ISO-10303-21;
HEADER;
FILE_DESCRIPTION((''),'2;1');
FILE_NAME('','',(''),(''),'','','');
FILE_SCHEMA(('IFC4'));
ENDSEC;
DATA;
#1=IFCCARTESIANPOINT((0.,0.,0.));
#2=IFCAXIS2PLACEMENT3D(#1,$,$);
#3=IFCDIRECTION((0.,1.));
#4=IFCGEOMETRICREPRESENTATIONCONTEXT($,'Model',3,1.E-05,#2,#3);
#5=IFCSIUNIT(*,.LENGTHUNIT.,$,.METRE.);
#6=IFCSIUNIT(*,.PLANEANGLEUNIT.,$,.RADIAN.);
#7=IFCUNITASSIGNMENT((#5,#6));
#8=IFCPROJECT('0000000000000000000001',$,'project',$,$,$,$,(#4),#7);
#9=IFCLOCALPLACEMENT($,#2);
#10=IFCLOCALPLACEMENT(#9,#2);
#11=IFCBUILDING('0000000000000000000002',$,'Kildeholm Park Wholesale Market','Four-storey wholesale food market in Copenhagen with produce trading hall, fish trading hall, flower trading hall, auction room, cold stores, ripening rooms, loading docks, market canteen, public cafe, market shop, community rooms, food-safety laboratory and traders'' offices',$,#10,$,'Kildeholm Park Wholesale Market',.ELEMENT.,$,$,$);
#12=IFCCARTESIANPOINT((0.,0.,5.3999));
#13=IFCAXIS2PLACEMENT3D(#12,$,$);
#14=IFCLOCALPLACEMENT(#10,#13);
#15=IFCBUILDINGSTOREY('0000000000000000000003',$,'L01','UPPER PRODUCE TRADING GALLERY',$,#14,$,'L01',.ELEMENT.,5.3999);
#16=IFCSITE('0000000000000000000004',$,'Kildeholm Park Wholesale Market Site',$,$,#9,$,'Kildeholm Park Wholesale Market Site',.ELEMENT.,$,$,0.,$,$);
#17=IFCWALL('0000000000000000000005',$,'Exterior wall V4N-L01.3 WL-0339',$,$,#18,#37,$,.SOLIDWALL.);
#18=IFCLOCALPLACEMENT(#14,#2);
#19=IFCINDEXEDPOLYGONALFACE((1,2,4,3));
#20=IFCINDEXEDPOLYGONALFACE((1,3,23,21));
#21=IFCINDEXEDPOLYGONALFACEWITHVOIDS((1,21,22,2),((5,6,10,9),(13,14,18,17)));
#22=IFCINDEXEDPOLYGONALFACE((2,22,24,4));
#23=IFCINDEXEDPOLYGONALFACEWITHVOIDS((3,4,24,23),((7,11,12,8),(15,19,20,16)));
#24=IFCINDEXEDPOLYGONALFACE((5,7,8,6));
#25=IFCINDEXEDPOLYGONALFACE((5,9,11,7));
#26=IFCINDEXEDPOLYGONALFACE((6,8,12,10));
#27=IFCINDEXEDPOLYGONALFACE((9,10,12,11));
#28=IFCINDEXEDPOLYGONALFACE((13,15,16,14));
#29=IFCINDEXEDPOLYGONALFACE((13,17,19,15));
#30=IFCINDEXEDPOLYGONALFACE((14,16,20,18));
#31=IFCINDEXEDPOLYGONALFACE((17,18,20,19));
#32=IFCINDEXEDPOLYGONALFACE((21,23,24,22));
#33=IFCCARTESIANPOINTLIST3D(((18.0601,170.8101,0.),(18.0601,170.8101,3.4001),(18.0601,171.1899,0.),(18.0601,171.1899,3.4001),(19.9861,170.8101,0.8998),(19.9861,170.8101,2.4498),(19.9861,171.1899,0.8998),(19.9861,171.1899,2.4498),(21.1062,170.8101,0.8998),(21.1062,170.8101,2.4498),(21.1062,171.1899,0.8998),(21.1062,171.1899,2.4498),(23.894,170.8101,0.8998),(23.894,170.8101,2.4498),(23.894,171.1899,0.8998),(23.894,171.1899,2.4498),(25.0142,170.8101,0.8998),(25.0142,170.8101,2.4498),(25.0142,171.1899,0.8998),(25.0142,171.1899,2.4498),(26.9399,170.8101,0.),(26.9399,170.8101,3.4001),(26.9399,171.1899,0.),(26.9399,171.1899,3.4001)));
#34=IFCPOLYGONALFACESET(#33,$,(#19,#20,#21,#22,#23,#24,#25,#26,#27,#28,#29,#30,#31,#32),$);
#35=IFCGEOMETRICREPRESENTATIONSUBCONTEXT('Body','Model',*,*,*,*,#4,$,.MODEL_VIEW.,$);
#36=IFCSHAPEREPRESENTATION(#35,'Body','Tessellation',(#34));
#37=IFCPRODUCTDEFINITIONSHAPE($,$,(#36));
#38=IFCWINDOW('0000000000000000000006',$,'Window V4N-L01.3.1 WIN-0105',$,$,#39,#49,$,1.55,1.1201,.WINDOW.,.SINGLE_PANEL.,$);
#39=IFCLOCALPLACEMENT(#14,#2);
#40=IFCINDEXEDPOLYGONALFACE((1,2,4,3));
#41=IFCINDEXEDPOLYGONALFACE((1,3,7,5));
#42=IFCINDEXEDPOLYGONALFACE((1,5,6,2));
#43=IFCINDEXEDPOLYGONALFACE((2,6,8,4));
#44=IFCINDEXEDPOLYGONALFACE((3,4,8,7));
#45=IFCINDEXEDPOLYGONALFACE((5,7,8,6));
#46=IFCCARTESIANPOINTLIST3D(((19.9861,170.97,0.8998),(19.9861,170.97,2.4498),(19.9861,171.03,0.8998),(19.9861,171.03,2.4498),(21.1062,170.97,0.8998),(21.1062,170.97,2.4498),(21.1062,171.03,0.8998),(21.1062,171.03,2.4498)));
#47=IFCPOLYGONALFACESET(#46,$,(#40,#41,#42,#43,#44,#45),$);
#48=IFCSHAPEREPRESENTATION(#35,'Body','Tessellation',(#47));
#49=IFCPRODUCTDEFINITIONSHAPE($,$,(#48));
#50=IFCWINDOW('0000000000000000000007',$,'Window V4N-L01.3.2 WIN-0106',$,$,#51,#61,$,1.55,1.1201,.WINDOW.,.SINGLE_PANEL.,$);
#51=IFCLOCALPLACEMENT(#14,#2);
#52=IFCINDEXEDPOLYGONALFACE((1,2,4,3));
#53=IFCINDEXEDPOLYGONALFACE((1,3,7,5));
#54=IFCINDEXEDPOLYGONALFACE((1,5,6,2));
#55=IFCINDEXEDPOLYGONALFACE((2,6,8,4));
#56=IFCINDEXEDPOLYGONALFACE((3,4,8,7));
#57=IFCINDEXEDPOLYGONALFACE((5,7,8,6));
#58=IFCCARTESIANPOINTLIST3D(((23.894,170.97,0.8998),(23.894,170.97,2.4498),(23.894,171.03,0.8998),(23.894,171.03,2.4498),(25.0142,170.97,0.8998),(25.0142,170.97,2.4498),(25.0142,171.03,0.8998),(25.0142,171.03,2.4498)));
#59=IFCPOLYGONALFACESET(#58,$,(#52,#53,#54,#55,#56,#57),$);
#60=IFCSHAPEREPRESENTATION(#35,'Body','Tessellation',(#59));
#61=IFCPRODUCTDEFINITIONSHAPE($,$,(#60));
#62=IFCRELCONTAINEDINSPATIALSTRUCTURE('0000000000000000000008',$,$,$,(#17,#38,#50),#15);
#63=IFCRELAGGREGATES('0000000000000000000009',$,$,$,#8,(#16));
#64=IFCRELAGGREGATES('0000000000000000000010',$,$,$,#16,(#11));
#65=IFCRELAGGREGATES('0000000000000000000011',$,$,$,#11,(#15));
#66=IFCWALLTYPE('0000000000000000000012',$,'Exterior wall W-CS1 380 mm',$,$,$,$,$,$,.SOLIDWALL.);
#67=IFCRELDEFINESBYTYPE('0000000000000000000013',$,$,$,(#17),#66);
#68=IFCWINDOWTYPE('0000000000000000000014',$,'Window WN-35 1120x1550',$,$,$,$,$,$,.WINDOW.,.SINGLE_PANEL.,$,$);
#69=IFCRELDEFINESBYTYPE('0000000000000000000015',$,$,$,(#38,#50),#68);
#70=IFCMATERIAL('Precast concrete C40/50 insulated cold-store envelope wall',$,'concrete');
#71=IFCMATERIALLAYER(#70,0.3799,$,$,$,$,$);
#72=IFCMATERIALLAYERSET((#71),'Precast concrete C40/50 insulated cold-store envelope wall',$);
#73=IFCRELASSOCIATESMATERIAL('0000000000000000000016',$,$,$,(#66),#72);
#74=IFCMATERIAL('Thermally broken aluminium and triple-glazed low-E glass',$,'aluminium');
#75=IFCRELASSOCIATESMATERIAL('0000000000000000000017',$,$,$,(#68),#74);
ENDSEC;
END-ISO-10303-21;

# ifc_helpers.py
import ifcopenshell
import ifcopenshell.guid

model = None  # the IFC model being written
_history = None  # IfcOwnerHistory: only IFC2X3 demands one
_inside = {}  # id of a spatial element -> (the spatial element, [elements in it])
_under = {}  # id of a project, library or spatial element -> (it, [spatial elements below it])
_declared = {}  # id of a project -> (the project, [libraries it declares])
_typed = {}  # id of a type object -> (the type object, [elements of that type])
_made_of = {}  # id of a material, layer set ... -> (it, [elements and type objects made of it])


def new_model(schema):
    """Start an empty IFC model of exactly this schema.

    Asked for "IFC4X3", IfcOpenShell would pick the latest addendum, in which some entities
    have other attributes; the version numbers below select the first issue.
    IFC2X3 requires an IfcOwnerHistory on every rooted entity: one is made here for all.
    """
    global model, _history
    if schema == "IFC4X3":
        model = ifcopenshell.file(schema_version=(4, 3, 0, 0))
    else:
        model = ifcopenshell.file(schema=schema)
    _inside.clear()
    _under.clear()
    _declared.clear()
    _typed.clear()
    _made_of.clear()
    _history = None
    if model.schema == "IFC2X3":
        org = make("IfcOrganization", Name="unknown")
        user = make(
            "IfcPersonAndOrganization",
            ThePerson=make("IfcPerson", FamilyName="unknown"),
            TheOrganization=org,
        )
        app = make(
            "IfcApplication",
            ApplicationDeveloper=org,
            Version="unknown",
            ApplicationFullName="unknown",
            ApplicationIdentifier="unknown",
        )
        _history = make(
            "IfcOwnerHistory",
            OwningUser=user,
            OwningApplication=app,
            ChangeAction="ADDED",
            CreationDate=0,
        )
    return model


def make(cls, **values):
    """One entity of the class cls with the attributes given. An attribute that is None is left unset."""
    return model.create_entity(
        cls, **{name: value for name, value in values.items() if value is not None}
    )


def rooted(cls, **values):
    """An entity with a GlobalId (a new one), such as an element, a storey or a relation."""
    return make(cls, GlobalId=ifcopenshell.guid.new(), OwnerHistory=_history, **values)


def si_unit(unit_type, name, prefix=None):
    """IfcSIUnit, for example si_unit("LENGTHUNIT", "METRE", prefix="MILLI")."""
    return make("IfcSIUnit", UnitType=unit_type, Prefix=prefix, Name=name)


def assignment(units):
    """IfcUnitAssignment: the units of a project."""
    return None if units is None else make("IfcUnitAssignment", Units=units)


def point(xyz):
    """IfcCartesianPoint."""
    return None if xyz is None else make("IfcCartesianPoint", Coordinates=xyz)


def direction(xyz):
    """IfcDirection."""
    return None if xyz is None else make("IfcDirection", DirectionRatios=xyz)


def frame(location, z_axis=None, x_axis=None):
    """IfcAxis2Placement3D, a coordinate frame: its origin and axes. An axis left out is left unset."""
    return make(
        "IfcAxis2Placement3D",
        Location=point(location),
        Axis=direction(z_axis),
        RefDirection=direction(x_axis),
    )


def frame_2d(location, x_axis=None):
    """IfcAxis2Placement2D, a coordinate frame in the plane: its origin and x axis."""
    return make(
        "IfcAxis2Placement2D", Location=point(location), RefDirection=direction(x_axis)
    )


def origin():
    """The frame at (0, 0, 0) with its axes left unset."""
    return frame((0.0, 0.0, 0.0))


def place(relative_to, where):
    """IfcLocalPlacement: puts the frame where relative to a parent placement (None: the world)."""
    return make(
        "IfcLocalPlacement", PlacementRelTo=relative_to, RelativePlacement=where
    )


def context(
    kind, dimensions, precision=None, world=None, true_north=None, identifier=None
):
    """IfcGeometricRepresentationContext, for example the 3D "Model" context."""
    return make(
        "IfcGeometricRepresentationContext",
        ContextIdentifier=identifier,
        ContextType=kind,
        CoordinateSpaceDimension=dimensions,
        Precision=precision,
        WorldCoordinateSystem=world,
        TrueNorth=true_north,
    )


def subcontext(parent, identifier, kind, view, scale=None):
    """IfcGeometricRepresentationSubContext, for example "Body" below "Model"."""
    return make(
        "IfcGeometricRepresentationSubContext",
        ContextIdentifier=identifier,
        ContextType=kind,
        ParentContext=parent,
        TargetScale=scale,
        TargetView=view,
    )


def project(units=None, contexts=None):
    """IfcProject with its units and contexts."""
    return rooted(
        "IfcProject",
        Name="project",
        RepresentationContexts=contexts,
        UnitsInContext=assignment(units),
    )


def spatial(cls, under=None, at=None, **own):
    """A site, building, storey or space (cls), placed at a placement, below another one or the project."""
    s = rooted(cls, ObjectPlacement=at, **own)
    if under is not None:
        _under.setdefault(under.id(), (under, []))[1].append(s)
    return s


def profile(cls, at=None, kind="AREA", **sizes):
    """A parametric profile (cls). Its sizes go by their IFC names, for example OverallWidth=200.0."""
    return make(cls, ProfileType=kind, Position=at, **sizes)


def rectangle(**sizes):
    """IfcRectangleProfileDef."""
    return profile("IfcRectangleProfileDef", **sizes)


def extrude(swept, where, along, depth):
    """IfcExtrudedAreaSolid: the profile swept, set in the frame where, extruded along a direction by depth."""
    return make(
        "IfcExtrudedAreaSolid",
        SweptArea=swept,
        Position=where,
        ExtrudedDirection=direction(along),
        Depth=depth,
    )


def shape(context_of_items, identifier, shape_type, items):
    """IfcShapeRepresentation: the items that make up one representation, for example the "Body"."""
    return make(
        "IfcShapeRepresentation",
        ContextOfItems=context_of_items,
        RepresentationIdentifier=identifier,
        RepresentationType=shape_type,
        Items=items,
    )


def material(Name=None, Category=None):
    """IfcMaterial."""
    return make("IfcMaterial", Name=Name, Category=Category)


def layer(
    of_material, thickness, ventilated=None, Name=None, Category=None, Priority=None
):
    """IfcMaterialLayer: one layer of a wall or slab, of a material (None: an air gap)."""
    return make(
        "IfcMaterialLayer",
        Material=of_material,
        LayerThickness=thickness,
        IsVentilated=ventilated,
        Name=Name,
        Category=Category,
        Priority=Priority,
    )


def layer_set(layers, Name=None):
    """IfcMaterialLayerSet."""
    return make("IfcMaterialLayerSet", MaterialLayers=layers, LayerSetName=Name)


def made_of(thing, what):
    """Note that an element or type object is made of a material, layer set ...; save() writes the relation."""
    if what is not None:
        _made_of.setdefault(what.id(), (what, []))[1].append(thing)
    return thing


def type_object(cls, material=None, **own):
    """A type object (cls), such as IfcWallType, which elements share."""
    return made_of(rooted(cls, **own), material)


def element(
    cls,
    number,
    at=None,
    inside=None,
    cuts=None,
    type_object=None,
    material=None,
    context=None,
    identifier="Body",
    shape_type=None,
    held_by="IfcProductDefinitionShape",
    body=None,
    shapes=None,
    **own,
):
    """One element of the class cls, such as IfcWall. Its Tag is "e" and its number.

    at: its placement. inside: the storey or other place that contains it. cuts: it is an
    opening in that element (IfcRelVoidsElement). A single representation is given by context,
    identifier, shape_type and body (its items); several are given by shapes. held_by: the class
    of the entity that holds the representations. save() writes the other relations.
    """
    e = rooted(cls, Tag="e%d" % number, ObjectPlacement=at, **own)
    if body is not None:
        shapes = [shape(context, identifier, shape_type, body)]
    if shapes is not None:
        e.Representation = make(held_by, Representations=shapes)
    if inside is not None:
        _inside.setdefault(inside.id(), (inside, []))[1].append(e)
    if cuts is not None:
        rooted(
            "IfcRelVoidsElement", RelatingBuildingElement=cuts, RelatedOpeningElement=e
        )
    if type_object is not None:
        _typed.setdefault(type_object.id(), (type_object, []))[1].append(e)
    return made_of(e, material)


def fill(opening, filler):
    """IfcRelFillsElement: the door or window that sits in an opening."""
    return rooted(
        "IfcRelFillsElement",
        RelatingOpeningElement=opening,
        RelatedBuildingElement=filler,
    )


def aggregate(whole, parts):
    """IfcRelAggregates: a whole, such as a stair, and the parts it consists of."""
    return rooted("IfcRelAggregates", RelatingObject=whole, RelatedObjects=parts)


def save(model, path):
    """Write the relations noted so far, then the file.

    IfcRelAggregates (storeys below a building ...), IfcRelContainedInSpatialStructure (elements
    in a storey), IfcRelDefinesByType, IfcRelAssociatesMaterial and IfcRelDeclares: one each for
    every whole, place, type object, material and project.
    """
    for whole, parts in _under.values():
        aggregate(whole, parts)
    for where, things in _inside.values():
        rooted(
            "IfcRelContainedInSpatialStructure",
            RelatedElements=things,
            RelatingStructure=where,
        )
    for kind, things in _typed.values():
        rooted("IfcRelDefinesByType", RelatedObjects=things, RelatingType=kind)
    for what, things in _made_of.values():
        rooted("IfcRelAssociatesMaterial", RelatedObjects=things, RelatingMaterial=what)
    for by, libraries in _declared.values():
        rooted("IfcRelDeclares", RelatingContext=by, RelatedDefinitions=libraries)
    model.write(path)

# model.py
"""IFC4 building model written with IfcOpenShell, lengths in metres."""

from ifc_helpers import new_model, si_unit, direction, frame, frame_2d, origin, place, context, subcontext, project, spatial, rectangle, extrude, material, layer, layer_set, type_object, element, fill, save


model = new_model("IFC4")

# Units and contexts
model_context = context("Model", 3, precision=1e-05, world=origin(), true_north=direction((0.0, 1.0)))
body_context = subcontext(model_context, "Body", "Model", "MODEL_VIEW")
ifc_project = project(units=[si_unit("LENGTHUNIT", "METRE"), si_unit("PLANEANGLEUNIT", "RADIAN")], contexts=[model_context])

# Site, building, storey
site_placement = place(None, origin())
site = spatial("IfcSite", under=ifc_project, at=site_placement, Name="Kildeholm Park Wholesale Market Site", LongName="Kildeholm Park Wholesale Market Site", CompositionType="ELEMENT", RefElevation=0.0)
building_placement = place(site_placement, origin())
building = spatial("IfcBuilding", under=site, at=building_placement, Name="Kildeholm Park Wholesale Market", Description="Four-storey wholesale food market in Copenhagen with produce trading hall, fish trading hall, flower trading hall, auction room, cold stores, ripening rooms, loading docks, market canteen, public cafe, market shop, community rooms, food-safety laboratory and traders' offices", LongName="Kildeholm Park Wholesale Market", CompositionType="ELEMENT")
storey_placement = place(building_placement, frame((0.0, 0.0, 5.3999)))
storey = spatial("IfcBuildingStorey", under=building, at=storey_placement, Name="L01", Description="UPPER PRODUCE TRADING GALLERY", LongName="L01", CompositionType="ELEMENT", Elevation=5.3999)

# Wall, openings, windows
ifc_material_1 = material(Name="Precast concrete C40/50 insulated cold-store envelope wall", Category="concrete")
ifc_layer = layer(ifc_material_1, 0.3799)
ifc_layer_set = layer_set([ifc_layer], Name="Precast concrete C40/50 insulated cold-store envelope wall")
wall_type = type_object("IfcWallType", Name="Exterior wall W-CS1 380 mm", PredefinedType="SOLIDWALL", material=ifc_layer_set)
wall_placement = place(storey_placement, frame((18.0601, 171.0, 0.0), z_axis=(0.0, 0.0, 1.0), x_axis=(1.0, 0.0, 0.0)))
wall = element("IfcWall", 1, at=wall_placement, inside=storey, type_object=wall_type, Name="Exterior wall V4N-L01.3 WL-0339", PredefinedType="SOLIDWALL", context=body_context, shape_type="SweptSolid", body=[
    extrude(rectangle(XDim=8.8799, YDim=0.3799, at=frame_2d((4.4399, 0.0))), origin(), (0.0, 0.0, 1.0), 3.4001),
])
opening_1_placement = place(wall_placement, frame((1.926, 0.0, 0.8999)))
opening_1 = element("IfcOpeningElement", 2, at=opening_1_placement, cuts=wall, PredefinedType="OPENING", context=body_context, shape_type="SweptSolid", body=[
    extrude(rectangle(XDim=1.1201, YDim=1.55, at=frame_2d((0.5601, 0.7749))), frame((0.0, 0.2, 0.0), z_axis=(0.0, -1.0, 0.0), x_axis=(1.0, 0.0, 0.0)), (0.0, 0.0, 1.0), 0.3999),
])
opening_2_placement = place(wall_placement, frame((5.834, 0.0, 0.8999)))
opening_2 = element("IfcOpeningElement", 3, at=opening_2_placement, cuts=wall, PredefinedType="OPENING", context=body_context, shape_type="SweptSolid", body=[
    extrude(rectangle(XDim=1.1201, YDim=1.55, at=frame_2d((0.5601, 0.7749))), frame((0.0, 0.2, 0.0), z_axis=(0.0, -1.0, 0.0), x_axis=(1.0, 0.0, 0.0)), (0.0, 0.0, 1.0), 0.3999),
])
ifc_material_2 = material(Name="Thermally broken aluminium and triple-glazed low-E glass", Category="aluminium")
window_type = type_object("IfcWindowType", Name="Window WN-35 1120x1550", PartitioningType="SINGLE_PANEL", PredefinedType="WINDOW", material=ifc_material_2)
window_1_placement = place(opening_1_placement, origin())
window_1 = element("IfcWindow", 4, at=window_1_placement, inside=storey, type_object=window_type, Name="Window V4N-L01.3.1 WIN-0105", OverallHeight=1.55, OverallWidth=1.1201, PartitioningType="SINGLE_PANEL", PredefinedType="WINDOW", context=body_context, shape_type="SweptSolid", body=[
    extrude(rectangle(XDim=1.1201, YDim=1.55, at=frame_2d((0.5601, 0.7749))), frame((0.0, 0.03, 0.0), z_axis=(0.0, -1.0, 0.0), x_axis=(1.0, 0.0, 0.0)), (0.0, 0.0, 1.0), 0.0601),
])
fill(opening_1, window_1)
window_2_placement = place(opening_2_placement, origin())
window_2 = element("IfcWindow", 5, at=window_2_placement, inside=storey, type_object=window_type, Name="Window V4N-L01.3.2 WIN-0106", OverallHeight=1.55, OverallWidth=1.1201, PartitioningType="SINGLE_PANEL", PredefinedType="WINDOW", context=body_context, shape_type="SweptSolid", body=[
    extrude(rectangle(XDim=1.1201, YDim=1.55, at=frame_2d((0.5601, 0.7749))), frame((0.0, 0.03, 0.0), z_axis=(0.0, -1.0, 0.0), x_axis=(1.0, 0.0, 0.0)), (0.0, 0.0, 1.0), 0.0601),
])
fill(opening_2, window_2)

save(model, "model.ifc")
